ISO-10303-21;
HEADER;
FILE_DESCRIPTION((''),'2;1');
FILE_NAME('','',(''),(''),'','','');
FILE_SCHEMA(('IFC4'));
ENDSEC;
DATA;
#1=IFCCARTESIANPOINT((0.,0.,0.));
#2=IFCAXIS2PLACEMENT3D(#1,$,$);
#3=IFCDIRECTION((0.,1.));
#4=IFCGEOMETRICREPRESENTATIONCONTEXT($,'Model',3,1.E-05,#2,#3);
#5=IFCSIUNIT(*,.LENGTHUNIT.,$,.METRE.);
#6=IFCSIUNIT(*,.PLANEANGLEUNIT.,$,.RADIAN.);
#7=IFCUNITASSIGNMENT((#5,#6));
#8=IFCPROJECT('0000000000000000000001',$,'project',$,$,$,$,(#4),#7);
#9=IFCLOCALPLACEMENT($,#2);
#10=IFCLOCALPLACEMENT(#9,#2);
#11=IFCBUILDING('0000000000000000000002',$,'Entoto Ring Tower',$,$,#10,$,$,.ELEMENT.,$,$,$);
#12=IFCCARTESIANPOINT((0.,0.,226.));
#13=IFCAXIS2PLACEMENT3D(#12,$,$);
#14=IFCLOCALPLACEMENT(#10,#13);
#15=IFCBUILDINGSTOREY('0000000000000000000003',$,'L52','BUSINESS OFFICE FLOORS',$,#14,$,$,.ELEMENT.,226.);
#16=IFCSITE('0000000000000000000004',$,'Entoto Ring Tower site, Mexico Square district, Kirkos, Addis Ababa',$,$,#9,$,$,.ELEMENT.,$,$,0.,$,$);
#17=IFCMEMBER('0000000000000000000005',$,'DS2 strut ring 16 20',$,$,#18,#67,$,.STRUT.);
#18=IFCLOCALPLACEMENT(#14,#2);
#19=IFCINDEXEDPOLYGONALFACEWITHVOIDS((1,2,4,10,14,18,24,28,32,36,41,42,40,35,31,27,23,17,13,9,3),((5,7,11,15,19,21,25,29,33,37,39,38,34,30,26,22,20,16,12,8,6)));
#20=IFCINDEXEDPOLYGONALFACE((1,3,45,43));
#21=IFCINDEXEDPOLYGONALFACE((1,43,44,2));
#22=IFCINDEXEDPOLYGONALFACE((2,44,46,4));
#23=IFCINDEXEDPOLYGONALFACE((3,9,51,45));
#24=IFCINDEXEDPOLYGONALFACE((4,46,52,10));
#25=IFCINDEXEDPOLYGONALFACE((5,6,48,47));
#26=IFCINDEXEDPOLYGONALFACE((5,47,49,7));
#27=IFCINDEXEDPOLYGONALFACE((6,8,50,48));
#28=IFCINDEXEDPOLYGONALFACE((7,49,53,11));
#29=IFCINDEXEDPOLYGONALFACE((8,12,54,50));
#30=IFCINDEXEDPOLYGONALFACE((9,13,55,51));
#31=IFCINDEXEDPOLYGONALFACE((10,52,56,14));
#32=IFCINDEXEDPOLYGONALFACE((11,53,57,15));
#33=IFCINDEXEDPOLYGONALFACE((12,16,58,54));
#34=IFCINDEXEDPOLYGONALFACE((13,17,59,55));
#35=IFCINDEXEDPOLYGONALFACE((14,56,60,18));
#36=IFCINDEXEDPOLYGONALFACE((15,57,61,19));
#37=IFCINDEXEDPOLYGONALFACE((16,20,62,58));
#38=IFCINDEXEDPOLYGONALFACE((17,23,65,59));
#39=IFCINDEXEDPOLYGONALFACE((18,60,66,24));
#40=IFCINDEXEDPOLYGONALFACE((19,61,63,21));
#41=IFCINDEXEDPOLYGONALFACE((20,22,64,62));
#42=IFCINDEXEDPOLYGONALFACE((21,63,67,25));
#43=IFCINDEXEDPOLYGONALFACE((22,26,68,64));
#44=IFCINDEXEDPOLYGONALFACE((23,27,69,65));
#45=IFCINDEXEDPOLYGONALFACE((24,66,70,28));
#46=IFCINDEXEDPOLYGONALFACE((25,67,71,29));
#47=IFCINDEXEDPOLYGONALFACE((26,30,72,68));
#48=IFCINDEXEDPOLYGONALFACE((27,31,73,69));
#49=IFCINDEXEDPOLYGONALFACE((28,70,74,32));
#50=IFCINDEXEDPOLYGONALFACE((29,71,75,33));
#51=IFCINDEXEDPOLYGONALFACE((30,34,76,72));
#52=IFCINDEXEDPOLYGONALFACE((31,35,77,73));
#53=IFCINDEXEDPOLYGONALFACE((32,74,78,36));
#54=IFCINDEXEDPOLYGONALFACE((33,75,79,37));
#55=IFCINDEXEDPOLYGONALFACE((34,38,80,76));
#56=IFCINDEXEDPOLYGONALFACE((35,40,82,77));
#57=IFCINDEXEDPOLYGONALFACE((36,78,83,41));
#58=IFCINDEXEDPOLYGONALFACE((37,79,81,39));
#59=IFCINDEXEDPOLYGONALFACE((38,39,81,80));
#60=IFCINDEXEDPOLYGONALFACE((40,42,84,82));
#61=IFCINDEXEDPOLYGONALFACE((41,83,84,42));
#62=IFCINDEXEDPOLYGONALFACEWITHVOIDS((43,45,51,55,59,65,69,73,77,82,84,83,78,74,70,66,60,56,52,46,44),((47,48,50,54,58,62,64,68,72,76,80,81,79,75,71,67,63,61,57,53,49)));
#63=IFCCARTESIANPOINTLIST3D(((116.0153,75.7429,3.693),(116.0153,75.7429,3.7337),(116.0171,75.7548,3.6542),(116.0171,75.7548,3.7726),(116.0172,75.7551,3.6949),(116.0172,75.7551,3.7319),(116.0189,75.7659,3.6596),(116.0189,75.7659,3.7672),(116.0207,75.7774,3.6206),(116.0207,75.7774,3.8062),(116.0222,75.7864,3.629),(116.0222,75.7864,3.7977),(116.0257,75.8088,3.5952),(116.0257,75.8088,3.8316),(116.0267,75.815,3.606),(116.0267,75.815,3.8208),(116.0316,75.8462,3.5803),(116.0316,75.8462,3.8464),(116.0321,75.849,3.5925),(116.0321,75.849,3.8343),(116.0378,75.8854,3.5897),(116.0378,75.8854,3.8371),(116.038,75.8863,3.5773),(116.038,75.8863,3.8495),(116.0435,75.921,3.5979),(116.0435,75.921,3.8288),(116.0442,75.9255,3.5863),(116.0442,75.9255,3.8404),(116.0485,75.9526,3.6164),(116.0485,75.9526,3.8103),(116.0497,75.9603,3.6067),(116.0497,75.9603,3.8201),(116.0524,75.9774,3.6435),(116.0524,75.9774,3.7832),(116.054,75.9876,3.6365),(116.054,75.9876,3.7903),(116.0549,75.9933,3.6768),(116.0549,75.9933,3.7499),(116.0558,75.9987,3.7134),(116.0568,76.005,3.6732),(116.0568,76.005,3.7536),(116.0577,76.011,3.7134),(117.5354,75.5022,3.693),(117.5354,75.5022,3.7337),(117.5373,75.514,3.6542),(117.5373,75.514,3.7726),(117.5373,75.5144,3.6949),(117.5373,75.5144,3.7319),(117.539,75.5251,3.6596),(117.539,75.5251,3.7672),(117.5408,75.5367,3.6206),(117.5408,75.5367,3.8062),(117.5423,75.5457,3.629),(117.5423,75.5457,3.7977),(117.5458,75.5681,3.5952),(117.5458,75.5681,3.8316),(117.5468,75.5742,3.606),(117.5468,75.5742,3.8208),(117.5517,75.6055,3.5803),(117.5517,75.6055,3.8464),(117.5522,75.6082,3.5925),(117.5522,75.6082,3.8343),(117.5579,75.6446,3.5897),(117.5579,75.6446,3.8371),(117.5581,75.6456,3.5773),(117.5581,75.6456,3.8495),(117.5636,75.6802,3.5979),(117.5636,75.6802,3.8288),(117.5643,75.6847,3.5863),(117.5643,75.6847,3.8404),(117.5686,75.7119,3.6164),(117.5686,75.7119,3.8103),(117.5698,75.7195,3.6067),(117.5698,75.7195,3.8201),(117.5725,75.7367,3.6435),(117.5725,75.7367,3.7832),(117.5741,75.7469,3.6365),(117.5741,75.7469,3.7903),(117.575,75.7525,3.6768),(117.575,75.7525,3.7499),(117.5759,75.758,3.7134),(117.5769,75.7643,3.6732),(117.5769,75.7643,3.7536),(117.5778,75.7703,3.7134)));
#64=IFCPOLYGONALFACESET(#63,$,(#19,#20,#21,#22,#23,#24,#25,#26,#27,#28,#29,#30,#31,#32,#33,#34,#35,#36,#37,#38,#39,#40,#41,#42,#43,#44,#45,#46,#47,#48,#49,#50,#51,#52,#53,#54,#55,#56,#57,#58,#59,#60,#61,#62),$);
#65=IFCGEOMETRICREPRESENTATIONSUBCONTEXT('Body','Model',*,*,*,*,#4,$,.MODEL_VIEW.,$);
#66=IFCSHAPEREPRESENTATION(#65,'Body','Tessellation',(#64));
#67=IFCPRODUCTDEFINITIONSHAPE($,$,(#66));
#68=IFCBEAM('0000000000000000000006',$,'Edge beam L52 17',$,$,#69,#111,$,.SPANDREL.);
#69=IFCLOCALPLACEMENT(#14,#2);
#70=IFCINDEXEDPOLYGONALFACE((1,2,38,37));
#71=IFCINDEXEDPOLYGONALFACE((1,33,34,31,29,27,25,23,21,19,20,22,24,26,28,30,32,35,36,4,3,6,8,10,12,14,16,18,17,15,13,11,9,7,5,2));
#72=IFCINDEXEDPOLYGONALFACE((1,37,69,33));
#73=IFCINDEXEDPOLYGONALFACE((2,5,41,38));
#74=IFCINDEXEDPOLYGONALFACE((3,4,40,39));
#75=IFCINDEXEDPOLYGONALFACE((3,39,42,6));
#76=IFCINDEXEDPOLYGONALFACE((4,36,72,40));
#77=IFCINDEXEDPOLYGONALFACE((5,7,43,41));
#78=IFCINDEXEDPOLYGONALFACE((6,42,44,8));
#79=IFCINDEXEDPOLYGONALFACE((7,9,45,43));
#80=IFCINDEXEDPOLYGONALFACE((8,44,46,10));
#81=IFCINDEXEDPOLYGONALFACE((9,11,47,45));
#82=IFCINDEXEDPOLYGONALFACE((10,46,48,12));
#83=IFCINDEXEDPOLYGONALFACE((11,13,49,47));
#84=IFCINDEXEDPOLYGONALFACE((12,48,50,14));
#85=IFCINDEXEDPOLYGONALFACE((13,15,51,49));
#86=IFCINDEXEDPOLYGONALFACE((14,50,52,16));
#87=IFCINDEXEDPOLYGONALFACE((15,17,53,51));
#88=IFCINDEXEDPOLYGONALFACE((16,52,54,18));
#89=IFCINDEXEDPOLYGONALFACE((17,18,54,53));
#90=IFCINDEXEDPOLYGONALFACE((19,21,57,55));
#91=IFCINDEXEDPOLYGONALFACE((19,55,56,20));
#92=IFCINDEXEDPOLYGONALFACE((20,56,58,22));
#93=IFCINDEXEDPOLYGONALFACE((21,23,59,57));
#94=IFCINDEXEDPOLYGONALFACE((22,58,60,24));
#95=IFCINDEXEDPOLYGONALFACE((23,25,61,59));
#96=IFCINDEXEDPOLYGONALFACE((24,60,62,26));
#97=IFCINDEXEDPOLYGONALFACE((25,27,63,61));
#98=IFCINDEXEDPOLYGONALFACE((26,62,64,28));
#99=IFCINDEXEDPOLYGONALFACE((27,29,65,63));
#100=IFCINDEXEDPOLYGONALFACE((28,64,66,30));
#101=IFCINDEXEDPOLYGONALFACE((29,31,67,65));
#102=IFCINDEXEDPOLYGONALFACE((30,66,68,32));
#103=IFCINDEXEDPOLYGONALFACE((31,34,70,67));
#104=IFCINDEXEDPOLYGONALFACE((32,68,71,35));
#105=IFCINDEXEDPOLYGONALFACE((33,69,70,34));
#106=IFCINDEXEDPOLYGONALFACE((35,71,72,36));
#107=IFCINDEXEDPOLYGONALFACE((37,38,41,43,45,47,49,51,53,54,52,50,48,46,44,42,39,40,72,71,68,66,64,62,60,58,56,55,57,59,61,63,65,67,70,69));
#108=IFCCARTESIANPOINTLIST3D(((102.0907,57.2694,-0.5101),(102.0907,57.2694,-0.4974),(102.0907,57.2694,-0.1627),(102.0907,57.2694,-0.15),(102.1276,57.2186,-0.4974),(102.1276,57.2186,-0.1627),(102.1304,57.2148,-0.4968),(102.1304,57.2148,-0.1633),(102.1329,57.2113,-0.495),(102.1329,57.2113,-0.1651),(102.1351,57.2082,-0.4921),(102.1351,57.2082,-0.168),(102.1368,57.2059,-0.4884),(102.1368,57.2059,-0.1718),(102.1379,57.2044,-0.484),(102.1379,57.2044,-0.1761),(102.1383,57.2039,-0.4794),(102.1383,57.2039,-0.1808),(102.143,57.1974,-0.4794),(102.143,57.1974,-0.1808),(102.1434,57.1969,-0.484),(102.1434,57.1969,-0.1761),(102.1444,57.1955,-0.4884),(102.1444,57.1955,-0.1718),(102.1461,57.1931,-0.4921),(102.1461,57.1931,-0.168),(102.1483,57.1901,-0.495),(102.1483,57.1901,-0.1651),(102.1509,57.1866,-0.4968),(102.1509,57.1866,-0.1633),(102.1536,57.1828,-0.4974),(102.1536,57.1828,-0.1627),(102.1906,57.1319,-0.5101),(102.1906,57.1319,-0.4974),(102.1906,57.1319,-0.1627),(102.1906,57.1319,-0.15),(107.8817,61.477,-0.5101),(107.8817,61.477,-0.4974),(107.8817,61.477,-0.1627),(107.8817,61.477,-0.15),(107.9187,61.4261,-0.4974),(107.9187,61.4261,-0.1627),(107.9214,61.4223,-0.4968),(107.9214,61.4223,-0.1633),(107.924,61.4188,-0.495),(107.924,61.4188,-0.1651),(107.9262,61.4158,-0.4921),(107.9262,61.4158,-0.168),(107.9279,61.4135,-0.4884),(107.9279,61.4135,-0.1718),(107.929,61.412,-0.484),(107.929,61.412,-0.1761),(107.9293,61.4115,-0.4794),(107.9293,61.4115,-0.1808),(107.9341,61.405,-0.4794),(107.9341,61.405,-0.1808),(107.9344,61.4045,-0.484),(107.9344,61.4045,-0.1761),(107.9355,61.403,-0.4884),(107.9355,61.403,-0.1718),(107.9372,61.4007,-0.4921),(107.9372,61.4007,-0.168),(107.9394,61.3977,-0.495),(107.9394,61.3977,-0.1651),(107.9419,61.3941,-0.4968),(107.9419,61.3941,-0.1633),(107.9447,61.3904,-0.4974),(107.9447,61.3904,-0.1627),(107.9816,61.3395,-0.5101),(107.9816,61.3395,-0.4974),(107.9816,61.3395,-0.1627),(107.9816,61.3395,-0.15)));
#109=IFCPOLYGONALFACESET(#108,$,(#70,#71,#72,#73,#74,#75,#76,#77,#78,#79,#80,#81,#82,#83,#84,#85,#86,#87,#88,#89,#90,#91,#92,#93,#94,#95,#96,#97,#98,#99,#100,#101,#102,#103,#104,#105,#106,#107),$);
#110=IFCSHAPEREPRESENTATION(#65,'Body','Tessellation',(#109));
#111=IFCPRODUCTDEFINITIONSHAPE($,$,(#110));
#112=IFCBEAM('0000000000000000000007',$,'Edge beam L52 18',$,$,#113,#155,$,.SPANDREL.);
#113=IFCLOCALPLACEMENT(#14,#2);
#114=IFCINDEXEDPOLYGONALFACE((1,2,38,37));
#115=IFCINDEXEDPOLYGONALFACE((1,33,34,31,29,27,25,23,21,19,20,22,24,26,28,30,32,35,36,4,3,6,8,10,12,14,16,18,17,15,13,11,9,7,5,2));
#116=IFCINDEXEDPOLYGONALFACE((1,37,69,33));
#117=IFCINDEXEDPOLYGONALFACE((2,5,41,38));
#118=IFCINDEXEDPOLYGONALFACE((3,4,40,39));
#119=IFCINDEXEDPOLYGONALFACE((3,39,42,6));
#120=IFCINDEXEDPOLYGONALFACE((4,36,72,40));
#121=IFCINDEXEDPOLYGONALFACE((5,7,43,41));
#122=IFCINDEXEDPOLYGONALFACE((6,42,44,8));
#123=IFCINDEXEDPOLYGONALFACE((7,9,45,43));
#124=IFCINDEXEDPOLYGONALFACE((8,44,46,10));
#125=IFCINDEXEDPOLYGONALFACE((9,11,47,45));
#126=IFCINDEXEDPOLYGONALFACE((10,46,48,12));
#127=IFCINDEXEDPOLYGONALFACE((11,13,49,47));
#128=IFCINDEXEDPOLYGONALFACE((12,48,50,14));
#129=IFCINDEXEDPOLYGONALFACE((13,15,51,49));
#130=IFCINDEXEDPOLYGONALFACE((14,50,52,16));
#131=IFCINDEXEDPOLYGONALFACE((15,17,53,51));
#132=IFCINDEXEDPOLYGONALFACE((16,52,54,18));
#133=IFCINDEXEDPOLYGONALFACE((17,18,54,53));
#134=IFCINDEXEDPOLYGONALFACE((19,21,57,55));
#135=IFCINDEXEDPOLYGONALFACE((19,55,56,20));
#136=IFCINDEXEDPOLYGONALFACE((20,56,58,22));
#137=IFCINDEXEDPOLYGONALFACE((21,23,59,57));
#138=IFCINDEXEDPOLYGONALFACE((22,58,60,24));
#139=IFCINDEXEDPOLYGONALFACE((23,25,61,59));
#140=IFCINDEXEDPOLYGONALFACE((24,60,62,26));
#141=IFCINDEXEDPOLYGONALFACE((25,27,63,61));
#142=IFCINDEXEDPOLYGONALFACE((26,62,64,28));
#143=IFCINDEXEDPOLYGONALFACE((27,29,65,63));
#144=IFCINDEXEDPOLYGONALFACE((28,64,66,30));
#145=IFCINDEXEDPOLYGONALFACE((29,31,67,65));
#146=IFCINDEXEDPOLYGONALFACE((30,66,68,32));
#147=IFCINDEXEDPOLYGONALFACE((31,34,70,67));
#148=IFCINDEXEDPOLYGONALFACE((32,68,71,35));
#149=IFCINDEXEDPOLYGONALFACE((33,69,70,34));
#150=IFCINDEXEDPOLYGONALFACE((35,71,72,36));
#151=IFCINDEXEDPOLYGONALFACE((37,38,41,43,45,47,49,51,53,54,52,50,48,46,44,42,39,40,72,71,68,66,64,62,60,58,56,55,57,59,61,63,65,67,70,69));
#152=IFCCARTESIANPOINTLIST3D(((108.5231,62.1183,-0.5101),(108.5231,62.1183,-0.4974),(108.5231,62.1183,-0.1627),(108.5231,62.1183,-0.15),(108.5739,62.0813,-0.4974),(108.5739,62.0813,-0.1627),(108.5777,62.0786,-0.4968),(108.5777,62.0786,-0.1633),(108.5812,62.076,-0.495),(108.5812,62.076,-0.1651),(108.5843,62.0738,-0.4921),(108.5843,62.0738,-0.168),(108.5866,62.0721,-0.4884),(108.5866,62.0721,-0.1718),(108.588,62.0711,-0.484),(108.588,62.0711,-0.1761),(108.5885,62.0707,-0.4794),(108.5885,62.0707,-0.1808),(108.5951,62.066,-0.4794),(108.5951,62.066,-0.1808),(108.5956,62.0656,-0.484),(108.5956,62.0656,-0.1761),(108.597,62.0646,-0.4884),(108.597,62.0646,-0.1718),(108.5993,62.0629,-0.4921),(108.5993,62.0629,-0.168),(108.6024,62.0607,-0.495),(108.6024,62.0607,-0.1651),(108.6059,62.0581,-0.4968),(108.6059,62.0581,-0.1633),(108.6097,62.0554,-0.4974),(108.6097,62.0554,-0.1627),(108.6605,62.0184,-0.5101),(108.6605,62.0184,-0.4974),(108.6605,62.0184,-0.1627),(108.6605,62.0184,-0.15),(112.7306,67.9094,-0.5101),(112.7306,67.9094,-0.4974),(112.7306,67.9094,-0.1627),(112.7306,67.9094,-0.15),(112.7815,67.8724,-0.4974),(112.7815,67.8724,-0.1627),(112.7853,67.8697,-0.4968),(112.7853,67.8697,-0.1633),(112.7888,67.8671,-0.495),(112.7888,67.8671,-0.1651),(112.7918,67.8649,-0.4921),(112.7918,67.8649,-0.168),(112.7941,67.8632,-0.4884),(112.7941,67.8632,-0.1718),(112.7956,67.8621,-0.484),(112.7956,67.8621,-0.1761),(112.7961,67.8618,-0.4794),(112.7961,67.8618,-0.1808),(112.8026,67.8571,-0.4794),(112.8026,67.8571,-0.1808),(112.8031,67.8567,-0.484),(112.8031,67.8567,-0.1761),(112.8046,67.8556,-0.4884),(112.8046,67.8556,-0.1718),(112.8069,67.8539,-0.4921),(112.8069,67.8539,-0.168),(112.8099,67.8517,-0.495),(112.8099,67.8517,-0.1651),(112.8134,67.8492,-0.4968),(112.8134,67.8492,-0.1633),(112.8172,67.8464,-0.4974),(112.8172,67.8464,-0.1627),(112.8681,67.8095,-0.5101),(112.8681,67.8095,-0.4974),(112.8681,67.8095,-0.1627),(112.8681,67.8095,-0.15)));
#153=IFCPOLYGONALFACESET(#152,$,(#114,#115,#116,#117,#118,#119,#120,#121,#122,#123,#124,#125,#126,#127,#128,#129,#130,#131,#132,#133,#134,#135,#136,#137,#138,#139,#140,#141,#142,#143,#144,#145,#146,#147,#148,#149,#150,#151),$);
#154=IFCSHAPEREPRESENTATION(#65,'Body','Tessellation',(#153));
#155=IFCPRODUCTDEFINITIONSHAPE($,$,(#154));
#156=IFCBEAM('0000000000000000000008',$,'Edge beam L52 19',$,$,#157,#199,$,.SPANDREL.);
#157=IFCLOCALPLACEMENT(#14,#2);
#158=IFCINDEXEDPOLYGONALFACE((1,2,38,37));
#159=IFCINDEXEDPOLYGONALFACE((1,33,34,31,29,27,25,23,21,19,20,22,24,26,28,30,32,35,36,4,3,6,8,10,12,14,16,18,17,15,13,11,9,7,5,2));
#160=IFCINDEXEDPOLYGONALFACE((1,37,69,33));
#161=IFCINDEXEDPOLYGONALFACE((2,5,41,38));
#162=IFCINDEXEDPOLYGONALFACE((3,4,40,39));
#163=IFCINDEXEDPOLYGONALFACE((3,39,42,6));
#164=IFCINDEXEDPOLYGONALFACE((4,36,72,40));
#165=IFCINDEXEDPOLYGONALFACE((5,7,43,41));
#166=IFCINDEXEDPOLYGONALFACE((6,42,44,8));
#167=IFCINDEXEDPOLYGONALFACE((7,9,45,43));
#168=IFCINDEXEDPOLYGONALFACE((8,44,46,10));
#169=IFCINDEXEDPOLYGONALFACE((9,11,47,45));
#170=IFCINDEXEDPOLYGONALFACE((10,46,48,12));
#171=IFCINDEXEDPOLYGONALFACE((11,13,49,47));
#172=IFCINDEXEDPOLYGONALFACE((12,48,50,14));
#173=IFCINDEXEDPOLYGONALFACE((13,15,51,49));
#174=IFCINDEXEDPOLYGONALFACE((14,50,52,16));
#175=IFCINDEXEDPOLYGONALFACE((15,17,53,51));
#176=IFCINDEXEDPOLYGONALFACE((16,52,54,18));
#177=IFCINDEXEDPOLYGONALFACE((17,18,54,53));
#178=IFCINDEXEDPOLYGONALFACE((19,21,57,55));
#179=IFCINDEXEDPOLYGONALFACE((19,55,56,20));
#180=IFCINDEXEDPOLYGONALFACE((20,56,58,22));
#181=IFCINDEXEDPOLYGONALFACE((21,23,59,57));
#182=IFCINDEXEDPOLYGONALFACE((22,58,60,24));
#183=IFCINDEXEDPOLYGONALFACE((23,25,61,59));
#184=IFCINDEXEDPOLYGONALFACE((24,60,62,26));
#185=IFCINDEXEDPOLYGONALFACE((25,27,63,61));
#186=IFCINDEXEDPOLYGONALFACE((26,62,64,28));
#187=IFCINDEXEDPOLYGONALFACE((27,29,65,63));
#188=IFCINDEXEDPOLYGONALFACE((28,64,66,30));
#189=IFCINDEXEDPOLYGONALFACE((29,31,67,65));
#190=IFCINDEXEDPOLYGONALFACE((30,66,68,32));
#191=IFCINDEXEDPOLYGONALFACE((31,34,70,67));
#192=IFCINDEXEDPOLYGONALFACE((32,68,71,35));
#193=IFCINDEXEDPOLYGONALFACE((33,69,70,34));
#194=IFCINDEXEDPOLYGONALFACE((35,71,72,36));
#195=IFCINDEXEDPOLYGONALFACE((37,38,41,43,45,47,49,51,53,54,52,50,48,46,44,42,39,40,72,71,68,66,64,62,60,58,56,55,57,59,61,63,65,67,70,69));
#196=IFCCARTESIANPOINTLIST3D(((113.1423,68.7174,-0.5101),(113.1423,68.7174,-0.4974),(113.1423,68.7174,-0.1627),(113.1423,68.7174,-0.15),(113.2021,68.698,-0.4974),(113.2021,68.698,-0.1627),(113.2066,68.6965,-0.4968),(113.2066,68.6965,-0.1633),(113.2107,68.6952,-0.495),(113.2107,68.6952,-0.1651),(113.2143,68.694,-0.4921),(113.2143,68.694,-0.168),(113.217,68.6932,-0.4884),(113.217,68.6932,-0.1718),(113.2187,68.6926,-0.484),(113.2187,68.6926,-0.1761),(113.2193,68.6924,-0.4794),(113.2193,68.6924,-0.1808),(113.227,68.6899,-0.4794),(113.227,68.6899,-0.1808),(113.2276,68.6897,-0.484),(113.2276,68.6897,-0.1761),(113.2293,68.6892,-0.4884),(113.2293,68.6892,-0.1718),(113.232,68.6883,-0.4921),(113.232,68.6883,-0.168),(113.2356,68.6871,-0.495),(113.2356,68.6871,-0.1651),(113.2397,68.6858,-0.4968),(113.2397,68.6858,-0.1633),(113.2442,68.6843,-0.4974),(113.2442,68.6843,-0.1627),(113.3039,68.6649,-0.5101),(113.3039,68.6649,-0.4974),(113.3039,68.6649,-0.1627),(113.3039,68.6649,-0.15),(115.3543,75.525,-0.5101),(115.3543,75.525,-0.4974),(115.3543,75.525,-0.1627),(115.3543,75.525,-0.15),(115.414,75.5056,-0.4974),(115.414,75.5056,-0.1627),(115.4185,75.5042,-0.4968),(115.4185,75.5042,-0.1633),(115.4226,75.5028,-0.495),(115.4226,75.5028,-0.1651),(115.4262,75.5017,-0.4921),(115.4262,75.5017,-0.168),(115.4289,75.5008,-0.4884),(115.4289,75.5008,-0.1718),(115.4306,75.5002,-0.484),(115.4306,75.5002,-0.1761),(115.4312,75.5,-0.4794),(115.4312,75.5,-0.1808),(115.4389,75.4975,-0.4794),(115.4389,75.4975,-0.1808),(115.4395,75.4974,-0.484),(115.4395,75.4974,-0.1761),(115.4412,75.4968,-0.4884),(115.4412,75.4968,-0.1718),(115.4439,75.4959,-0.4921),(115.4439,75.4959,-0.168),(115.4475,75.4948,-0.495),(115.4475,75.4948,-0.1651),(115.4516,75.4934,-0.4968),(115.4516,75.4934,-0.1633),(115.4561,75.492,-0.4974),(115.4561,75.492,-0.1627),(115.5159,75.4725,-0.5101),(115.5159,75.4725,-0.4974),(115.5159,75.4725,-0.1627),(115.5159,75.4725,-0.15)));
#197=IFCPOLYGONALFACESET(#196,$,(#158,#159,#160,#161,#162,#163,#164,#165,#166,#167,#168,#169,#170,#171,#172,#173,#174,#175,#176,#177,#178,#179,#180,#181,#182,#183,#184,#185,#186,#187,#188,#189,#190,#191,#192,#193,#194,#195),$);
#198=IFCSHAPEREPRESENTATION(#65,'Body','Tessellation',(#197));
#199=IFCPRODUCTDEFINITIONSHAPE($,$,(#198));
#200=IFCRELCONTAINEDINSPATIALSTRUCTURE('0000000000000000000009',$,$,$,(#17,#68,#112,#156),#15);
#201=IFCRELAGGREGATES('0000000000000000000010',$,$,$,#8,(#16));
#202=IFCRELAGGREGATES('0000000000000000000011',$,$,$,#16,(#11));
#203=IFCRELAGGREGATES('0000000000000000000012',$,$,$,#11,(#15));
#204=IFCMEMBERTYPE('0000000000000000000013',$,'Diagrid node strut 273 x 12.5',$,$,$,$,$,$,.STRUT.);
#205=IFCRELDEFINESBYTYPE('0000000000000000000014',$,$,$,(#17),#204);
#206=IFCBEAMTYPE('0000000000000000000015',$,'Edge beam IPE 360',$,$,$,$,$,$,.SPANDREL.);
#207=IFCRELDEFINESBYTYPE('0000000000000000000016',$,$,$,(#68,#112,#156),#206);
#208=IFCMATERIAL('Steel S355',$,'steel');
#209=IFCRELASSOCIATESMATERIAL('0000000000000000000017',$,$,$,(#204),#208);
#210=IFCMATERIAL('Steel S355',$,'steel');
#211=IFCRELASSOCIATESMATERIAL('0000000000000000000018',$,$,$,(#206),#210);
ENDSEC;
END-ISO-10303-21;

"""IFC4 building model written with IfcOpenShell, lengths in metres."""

from ifc_helpers import new_model, si_unit, direction, frame, origin, origin_2d, place, context, subcontext, project, spatial, circle, hollow_circle, i_section, extrude, material, material_profile, profile_set, type_object, element, save


model = new_model("IFC4")

# Units and contexts
model_context = context("Model", 3, precision=1e-05, world=origin(), true_north=direction((0.0, 1.0)))
body_context = subcontext(model_context, "Body", "Model", "MODEL_VIEW")
ifc_project = project(units=[si_unit("LENGTHUNIT", "METRE"), si_unit("PLANEANGLEUNIT", "RADIAN")], contexts=[model_context])

# Site, building, storey
site_placement = place(None, origin())
site = spatial("IfcSite", under=ifc_project, at=site_placement, Name="Entoto Ring Tower site, Mexico Square district, Kirkos, Addis Ababa", CompositionType="ELEMENT", RefElevation=0.0)
building_placement = place(site_placement, origin())
building = spatial("IfcBuilding", under=site, at=building_placement, Name="Entoto Ring Tower", CompositionType="ELEMENT")
storey_placement = place(building_placement, frame((0.0, 0.0, 226.0)))
storey = spatial("IfcBuildingStorey", under=building, at=storey_placement, Name="L52", Description="BUSINESS OFFICE FLOORS", CompositionType="ELEMENT", Elevation=226.0)

# Member
ifc_material_1 = material(Name="Steel S355", Category="steel")
ifc_material_profile_1 = material_profile(ifc_material_1, hollow_circle(Radius=0.1365, WallThickness=0.0125, at=origin_2d()), Name="CHS 273 x 12.5")
ifc_material_2 = material(Name="Concrete C60/75", Category="concrete")
ifc_material_profile_2 = material_profile(ifc_material_2, circle(Radius=0.124, at=origin_2d()), Name="Concrete C60/75 infill")
ifc_profile_set_1 = profile_set([ifc_material_profile_1, ifc_material_profile_2], Name="Steel S355")
member_type = type_object("IfcMemberType", Name="Diagrid node strut 273 x 12.5", PredefinedType="STRUT", material=ifc_profile_set_1)
for number, where, z_axis, x_axis, name in (
    (1, (116.0364, 75.8762, 3.7134), (0.987691, -0.156419, 0.0), (0.156419, 0.987691, 0.0), "DS2 strut ring 16 20"),
):
    element("IfcMember", number, at=place(storey_placement, frame(where, z_axis=z_axis, x_axis=x_axis)), inside=storey, type_object=member_type, Name=name, PredefinedType="STRUT", context=body_context, shape_type="SweptSolid", body=[
        extrude(hollow_circle(Radius=0.1365, WallThickness=0.0125, at=origin_2d()), origin(), (0.0, 0.0, 1.0), 1.5391),
    ])

# Beams
ifc_material_3 = material(Name="Steel S355", Category="steel")
ifc_material_profile_3 = material_profile(ifc_material_3, i_section(OverallWidth=0.1699, OverallDepth=0.3601, WebThickness=0.0081, FlangeThickness=0.0127, FilletRadius=0.0181, at=origin_2d()), Name="IPE 360")
ifc_profile_set_2 = profile_set([ifc_material_profile_3], Name="Steel S355")
beam_type_1 = type_object("IfcBeamType", Name="Edge beam IPE 360", PredefinedType="SPANDREL", material=ifc_profile_set_2)
for number, where, z_axis, x_axis, name in (
    (2, (102.1406, 57.2007, -0.3301), (0.80901, 0.587794, 0.0), (-0.587794, 0.80901, 0.0), "Edge beam L52 17"),
    (3, (108.5918, 62.0684, -0.3301), (0.587794, 0.80901, 0.0), (-0.80901, 0.587794, 0.0), "Edge beam L52 18"),
):
    element("IfcBeam", number, at=place(storey_placement, frame(where, z_axis=z_axis, x_axis=x_axis)), inside=storey, type_object=beam_type_1, Name=name, PredefinedType="SPANDREL", context=body_context, shape_type="SweptSolid", body=[
        extrude(i_section(OverallWidth=0.1699, OverallDepth=0.3601, WebThickness=0.0081, FlangeThickness=0.0127, FilletRadius=0.0181, at=origin_2d()), origin(), (0.0, 0.0, 1.0), 7.1582),
    ])
beam_1_placement = place(storey_placement, frame((113.2231, 68.6912, -0.3301), z_axis=(0.309015, 0.951057, 0.0), x_axis=(-0.951057, 0.309015, 0.0)))
element("IfcBeam", 4, at=beam_1_placement, inside=storey, type_object=beam_type_1, Name="Edge beam L52 19", PredefinedType="SPANDREL", context=body_context, shape_type="SweptSolid", body=[
    extrude(i_section(OverallWidth=0.1699, OverallDepth=0.3601, WebThickness=0.0081, FlangeThickness=0.0127, FilletRadius=0.0181, at=origin_2d()), origin(), (0.0, 0.0, 1.0), 7.158),
])

save(model, "model.ifc")
